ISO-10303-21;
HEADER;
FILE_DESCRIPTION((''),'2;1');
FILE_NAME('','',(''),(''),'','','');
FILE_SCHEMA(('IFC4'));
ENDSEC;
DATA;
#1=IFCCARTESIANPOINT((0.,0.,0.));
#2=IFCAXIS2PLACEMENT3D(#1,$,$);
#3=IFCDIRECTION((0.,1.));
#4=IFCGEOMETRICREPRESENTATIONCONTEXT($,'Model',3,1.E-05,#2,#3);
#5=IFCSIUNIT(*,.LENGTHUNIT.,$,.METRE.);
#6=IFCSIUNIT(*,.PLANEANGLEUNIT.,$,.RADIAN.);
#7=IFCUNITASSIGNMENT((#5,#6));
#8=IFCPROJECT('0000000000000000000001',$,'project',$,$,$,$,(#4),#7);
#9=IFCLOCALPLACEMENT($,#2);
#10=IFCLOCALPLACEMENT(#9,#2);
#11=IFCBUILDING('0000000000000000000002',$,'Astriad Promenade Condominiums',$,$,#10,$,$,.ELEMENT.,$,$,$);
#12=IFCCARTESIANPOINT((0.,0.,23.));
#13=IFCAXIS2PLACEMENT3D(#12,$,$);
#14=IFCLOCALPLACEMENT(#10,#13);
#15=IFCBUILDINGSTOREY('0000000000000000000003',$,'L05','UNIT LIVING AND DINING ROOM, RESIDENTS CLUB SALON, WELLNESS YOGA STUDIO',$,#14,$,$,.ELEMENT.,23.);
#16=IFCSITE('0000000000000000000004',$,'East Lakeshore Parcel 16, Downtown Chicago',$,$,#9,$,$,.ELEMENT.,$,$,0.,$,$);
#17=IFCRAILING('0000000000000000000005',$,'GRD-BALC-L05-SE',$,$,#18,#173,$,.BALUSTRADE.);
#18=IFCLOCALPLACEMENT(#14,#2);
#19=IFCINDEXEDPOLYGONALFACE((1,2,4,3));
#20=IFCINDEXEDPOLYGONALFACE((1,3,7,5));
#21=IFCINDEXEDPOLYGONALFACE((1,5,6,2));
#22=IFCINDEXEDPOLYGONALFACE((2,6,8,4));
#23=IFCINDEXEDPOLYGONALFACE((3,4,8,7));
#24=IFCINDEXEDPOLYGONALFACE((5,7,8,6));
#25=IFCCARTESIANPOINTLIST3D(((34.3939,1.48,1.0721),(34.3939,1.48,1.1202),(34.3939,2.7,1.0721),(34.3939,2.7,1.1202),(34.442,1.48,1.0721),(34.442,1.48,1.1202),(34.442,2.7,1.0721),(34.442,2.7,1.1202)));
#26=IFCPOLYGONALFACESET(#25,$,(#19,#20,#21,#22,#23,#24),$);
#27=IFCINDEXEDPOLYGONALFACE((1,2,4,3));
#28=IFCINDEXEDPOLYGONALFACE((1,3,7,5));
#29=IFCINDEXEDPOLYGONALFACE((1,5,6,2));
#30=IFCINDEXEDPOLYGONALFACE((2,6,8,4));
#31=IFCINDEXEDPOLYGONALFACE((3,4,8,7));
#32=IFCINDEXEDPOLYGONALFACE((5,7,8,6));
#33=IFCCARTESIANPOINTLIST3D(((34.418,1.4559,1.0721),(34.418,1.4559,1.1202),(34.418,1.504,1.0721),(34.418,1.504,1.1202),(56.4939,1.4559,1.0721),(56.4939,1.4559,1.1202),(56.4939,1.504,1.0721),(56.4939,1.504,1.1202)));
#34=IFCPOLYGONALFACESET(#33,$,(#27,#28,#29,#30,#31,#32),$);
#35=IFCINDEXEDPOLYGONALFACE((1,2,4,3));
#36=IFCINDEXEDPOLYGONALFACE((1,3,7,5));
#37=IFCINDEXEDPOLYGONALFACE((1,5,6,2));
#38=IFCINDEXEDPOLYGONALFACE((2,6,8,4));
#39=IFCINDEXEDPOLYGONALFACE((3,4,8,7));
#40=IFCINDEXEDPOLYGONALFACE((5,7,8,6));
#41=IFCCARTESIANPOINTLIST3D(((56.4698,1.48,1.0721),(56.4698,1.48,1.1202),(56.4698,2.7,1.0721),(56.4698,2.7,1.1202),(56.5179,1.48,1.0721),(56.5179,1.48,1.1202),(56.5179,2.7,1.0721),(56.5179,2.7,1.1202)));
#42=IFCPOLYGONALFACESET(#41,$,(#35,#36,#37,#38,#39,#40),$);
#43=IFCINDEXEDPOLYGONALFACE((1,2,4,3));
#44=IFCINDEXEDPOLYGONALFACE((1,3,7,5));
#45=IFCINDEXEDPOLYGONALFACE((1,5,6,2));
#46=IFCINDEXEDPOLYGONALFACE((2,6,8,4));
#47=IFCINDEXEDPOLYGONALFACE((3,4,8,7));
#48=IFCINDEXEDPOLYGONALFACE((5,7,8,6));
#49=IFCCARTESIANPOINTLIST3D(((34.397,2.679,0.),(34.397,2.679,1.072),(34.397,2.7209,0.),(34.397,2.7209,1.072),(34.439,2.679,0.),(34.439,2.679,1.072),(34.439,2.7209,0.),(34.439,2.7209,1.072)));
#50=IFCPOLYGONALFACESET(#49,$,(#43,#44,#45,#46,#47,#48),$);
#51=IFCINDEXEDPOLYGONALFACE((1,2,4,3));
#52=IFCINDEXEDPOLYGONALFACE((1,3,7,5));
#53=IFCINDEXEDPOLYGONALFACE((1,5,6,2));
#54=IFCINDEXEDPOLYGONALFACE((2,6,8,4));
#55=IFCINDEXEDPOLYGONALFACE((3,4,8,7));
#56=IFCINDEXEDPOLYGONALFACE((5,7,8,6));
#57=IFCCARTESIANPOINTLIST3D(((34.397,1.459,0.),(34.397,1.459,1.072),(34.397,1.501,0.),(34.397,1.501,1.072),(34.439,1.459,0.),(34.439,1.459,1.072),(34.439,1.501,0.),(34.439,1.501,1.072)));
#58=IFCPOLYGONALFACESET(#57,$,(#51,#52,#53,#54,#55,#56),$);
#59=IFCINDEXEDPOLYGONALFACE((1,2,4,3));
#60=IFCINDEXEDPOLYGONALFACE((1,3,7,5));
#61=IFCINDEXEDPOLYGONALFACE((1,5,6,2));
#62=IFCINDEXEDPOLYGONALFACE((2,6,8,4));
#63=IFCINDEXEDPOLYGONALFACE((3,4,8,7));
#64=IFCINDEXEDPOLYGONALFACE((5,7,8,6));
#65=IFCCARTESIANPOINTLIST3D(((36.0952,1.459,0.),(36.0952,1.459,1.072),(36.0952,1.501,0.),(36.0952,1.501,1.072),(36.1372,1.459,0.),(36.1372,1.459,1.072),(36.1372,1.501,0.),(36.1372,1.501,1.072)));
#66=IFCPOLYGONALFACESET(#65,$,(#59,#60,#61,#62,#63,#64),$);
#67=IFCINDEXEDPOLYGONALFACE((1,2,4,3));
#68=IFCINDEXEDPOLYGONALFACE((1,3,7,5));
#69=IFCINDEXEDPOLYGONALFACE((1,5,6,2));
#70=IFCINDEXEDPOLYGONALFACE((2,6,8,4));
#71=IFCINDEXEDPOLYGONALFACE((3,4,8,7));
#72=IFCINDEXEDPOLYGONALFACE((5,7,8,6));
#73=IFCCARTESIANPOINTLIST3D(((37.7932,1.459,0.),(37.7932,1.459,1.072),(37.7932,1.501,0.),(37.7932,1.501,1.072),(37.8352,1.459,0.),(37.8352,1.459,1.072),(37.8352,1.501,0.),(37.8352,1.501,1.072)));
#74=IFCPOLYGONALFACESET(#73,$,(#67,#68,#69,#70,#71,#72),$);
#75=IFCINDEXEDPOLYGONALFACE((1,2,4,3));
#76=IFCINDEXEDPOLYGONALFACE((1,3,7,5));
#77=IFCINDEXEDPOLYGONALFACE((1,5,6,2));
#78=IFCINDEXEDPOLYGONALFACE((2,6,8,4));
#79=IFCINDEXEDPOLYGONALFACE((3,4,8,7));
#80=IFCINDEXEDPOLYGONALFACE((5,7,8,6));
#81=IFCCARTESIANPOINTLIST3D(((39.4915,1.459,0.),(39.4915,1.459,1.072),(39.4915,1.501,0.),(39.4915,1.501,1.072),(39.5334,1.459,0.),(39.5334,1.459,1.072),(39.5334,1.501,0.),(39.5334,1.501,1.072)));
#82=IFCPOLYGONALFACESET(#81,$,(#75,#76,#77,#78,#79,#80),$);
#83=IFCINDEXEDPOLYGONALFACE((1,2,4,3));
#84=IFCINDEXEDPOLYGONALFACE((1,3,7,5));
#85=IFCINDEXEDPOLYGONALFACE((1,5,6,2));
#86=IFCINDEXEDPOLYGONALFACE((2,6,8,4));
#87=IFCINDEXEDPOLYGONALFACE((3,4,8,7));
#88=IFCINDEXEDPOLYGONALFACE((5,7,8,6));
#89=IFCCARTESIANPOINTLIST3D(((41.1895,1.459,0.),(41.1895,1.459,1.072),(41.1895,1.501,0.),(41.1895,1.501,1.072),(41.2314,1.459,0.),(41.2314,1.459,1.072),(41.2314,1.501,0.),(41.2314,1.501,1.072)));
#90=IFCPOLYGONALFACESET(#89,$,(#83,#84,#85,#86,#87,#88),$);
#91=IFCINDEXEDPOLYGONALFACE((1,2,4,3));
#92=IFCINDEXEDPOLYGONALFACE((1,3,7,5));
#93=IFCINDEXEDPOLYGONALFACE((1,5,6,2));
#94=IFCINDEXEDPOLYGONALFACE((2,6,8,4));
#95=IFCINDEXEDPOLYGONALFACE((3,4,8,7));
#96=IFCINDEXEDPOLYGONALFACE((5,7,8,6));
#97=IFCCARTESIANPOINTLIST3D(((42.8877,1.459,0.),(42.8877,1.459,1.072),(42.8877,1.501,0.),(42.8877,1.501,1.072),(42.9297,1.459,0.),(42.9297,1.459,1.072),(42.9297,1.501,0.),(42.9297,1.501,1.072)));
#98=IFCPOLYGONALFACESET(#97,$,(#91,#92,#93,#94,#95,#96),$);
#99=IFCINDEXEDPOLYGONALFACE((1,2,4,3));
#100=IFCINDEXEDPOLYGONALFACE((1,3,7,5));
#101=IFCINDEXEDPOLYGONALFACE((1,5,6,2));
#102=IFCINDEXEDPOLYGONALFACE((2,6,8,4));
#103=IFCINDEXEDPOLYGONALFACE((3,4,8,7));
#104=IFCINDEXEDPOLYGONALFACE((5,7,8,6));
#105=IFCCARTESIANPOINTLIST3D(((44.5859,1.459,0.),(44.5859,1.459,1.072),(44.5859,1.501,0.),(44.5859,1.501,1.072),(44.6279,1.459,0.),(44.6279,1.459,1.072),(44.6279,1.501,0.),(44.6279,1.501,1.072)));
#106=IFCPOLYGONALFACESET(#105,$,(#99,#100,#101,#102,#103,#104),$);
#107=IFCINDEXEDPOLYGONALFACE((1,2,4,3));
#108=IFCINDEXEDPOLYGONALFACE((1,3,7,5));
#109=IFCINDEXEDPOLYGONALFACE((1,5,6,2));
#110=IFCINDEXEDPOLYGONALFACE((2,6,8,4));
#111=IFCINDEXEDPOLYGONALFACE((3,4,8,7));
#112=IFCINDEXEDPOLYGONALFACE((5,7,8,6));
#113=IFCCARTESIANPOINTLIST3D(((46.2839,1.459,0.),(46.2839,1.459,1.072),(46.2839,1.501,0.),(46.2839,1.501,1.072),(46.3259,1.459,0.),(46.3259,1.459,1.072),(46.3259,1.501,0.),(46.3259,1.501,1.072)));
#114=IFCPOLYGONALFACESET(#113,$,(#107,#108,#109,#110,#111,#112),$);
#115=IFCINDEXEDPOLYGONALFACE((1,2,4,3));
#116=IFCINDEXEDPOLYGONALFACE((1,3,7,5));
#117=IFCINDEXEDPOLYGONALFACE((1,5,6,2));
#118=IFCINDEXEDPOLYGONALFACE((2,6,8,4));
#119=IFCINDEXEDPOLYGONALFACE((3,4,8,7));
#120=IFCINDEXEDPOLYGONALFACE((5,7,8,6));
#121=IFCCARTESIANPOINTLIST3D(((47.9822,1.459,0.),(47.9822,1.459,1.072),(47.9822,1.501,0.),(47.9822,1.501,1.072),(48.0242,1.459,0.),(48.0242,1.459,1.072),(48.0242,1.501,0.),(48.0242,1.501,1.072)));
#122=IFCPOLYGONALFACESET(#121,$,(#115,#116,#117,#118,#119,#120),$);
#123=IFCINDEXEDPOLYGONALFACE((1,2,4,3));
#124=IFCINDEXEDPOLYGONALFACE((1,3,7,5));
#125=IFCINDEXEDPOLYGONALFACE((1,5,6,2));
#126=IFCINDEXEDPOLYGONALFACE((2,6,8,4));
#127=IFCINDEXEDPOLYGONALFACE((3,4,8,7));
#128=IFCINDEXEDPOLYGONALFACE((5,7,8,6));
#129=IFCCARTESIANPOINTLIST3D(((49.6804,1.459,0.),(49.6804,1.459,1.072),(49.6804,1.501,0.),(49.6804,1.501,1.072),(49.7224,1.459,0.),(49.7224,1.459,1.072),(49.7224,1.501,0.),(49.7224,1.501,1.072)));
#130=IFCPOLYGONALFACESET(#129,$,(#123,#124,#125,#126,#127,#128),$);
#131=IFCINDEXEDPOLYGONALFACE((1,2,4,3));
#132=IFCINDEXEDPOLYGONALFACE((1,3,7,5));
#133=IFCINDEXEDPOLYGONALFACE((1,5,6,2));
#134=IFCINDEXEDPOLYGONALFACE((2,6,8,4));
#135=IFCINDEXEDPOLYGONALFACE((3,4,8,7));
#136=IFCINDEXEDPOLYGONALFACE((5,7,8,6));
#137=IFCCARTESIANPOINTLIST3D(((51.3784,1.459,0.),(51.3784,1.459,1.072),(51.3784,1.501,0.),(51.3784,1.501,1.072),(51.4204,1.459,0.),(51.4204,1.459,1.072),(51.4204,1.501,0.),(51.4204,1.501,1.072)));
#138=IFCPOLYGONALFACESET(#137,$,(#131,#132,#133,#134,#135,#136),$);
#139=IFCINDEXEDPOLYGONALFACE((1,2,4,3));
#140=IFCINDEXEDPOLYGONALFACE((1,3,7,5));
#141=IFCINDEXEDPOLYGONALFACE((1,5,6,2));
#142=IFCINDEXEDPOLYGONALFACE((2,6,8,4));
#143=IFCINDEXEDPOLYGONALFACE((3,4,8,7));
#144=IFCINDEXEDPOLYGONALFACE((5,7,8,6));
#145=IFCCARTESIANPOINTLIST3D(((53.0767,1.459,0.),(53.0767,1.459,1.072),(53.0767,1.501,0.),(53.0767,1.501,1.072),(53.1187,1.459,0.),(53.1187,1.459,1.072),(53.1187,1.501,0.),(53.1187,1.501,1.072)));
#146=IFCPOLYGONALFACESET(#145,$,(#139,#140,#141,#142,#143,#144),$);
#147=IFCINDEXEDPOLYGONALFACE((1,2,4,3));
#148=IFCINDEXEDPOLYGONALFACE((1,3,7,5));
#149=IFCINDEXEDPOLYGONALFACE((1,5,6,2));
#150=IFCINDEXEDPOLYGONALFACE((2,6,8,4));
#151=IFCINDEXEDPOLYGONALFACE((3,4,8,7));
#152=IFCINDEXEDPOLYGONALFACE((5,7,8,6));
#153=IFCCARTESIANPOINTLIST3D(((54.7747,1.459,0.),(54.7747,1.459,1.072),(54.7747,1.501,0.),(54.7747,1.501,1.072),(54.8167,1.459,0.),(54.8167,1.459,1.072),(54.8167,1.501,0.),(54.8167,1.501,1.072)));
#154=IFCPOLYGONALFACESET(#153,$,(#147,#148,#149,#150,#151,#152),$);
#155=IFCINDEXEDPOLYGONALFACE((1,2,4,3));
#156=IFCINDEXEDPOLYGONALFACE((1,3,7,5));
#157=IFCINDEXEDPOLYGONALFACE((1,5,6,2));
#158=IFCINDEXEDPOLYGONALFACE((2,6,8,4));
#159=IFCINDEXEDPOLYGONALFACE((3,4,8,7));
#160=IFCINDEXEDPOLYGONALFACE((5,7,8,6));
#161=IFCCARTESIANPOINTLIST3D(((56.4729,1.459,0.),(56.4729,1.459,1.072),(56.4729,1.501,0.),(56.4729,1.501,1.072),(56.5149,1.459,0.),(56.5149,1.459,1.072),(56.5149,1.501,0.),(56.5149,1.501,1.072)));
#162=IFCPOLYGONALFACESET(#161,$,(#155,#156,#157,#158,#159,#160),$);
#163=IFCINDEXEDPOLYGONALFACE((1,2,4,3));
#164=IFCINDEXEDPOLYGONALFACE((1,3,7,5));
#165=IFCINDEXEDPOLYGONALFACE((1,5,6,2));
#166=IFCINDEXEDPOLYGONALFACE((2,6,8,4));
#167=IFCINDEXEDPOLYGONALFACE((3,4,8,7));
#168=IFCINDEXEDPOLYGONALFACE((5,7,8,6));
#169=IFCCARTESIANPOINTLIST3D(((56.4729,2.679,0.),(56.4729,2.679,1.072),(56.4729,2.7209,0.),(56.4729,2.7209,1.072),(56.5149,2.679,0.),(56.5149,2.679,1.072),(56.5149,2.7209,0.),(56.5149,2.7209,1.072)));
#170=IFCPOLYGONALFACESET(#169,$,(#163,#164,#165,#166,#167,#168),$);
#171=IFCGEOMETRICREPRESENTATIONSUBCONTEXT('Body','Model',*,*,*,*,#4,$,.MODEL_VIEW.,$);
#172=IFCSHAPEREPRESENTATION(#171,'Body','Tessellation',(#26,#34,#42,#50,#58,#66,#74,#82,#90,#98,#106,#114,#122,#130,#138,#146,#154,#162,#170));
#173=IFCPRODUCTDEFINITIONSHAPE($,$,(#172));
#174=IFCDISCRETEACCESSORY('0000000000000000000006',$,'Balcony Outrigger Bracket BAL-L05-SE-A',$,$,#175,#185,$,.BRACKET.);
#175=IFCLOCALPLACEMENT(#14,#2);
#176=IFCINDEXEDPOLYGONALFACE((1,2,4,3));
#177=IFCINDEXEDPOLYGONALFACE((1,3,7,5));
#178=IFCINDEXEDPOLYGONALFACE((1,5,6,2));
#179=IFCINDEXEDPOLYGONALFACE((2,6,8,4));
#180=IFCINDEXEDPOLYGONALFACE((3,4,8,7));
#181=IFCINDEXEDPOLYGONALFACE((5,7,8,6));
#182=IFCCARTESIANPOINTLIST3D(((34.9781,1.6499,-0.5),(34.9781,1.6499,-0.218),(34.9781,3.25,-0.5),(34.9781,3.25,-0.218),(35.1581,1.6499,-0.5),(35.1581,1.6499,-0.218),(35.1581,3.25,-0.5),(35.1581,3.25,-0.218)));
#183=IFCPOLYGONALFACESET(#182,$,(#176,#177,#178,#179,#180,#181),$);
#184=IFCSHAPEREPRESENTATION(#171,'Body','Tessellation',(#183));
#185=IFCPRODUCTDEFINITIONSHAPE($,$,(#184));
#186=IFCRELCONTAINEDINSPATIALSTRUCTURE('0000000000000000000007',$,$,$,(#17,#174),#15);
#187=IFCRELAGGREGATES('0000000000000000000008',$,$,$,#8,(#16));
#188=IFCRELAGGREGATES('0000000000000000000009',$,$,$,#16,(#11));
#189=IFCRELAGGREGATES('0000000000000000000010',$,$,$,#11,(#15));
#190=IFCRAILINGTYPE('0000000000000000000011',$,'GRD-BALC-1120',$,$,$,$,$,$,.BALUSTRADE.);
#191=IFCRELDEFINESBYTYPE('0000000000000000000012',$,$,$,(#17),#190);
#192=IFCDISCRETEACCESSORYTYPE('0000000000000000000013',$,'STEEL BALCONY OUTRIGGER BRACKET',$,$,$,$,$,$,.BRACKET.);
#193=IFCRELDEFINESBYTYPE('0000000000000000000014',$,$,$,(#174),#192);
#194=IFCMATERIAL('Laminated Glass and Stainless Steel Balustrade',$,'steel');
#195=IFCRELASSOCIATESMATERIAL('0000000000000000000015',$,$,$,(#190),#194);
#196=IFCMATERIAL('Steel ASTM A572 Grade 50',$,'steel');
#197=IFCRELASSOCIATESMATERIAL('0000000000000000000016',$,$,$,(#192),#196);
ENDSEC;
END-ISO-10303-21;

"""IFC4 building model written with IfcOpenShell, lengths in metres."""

from ifc_helpers import new_model, si_unit, direction, frame, origin, origin_2d, place, context, subcontext, project, spatial, rectangle, extrude, source, transform, mapped, material, type_object, type_shapes, element, save


model = new_model("IFC4")

# Units and contexts
model_context = context("Model", 3, precision=1e-05, world=origin(), true_north=direction((0.0, 1.0)))
body_context = subcontext(model_context, "Body", "Model", "MODEL_VIEW")
ifc_project = project(units=[si_unit("LENGTHUNIT", "METRE"), si_unit("PLANEANGLEUNIT", "RADIAN")], contexts=[model_context])

# Site, building, storey
site_placement = place(None, origin())
site = spatial("IfcSite", under=ifc_project, at=site_placement, Name="East Lakeshore Parcel 16, Downtown Chicago", CompositionType="ELEMENT", RefElevation=0.0)
building_placement = place(site_placement, origin())
building = spatial("IfcBuilding", under=site, at=building_placement, Name="Astriad Promenade Condominiums", CompositionType="ELEMENT")
storey_placement = place(building_placement, frame((0.0, 0.0, 23.0)))
storey = spatial("IfcBuildingStorey", under=building, at=storey_placement, Name="L05", Description="UNIT LIVING AND DINING ROOM, RESIDENTS CLUB SALON, WELLNESS YOGA STUDIO", CompositionType="ELEMENT", Elevation=23.0)

# Railing
ifc_material_1 = material(Name="Laminated Glass and Stainless Steel Balustrade", Category="steel")
railing_type = type_object("IfcRailingType", Name="GRD-BALC-1120", PredefinedType="BALUSTRADE", material=ifc_material_1)
shared_shape_1 = source(origin(), body_context, "Body", "SweptSolid", [
    extrude(rectangle(XDim=0.0481, YDim=0.0481, at=origin_2d()), frame((0.0, 0.0, 1.0962), z_axis=(0.0, -1.0, 0.0), x_axis=(1.0, 0.0, 0.0)), (0.0, 0.0, 1.0), 1.22),
    extrude(rectangle(XDim=0.0481, YDim=0.0481, at=origin_2d()), frame((0.0, -1.22, 1.0962), z_axis=(1.0, 0.0, 0.0), x_axis=(0.0, 1.0, 0.0)), (0.0, 0.0, 1.0), 22.0759),
    extrude(rectangle(XDim=0.0481, YDim=0.0481, at=origin_2d()), frame((22.0759, -1.22, 1.0962), z_axis=(0.0, 1.0, 0.0), x_axis=(-1.0, 0.0, 0.0)), (0.0, 0.0, 1.0), 1.22),
    extrude(rectangle(XDim=0.042, YDim=0.042, at=origin_2d()), origin(), (0.0, 0.0, 1.0), 1.072),
    extrude(rectangle(XDim=0.042, YDim=0.042, at=origin_2d()), frame((0.0, -1.22, 0.0)), (0.0, 0.0, 1.0), 1.072),
    extrude(rectangle(XDim=0.042, YDim=0.042, at=origin_2d()), frame((1.6982, -1.22, 0.0)), (0.0, 0.0, 1.0), 1.072),
    extrude(rectangle(XDim=0.042, YDim=0.042, at=origin_2d()), frame((3.3962, -1.22, 0.0)), (0.0, 0.0, 1.0), 1.072),
    extrude(rectangle(XDim=0.042, YDim=0.042, at=origin_2d()), frame((5.0945, -1.22, 0.0)), (0.0, 0.0, 1.0), 1.072),
    extrude(rectangle(XDim=0.042, YDim=0.042, at=origin_2d()), frame((6.7925, -1.22, 0.0)), (0.0, 0.0, 1.0), 1.072),
    extrude(rectangle(XDim=0.042, YDim=0.042, at=origin_2d()), frame((8.4907, -1.22, 0.0)), (0.0, 0.0, 1.0), 1.072),
    extrude(rectangle(XDim=0.042, YDim=0.042, at=origin_2d()), frame((10.189, -1.22, 0.0)), (0.0, 0.0, 1.0), 1.072),
    extrude(rectangle(XDim=0.042, YDim=0.042, at=origin_2d()), frame((11.887, -1.22, 0.0)), (0.0, 0.0, 1.0), 1.072),
    extrude(rectangle(XDim=0.042, YDim=0.042, at=origin_2d()), frame((13.5852, -1.22, 0.0)), (0.0, 0.0, 1.0), 1.072),
    extrude(rectangle(XDim=0.042, YDim=0.042, at=origin_2d()), frame((15.2834, -1.22, 0.0)), (0.0, 0.0, 1.0), 1.072),
    extrude(rectangle(XDim=0.042, YDim=0.042, at=origin_2d()), frame((16.9814, -1.22, 0.0)), (0.0, 0.0, 1.0), 1.072),
    extrude(rectangle(XDim=0.042, YDim=0.042, at=origin_2d()), frame((18.6797, -1.22, 0.0)), (0.0, 0.0, 1.0), 1.072),
    extrude(rectangle(XDim=0.042, YDim=0.042, at=origin_2d()), frame((20.3777, -1.22, 0.0)), (0.0, 0.0, 1.0), 1.072),
    extrude(rectangle(XDim=0.042, YDim=0.042, at=origin_2d()), frame((22.0759, -1.22, 0.0)), (0.0, 0.0, 1.0), 1.072),
    extrude(rectangle(XDim=0.042, YDim=0.042, at=origin_2d()), frame((22.0759, 0.0, 0.0)), (0.0, 0.0, 1.0), 1.072),
])
type_shapes(railing_type, [shared_shape_1])
railing_placement = place(storey_placement, frame((34.418, 2.7, 0.0)))
element("IfcRailing", 1, at=railing_placement, inside=storey, type_object=railing_type, Name="GRD-BALC-L05-SE", PredefinedType="BALUSTRADE", context=body_context, shape_type="MappedRepresentation", body=[
    mapped(shared_shape_1, transform((0.0, 0.0, 0.0), scale=1.0)),
])

# Discrete accessory
ifc_material_2 = material(Name="Steel ASTM A572 Grade 50", Category="steel")
discrete_accessory_type = type_object("IfcDiscreteAccessoryType", Name="STEEL BALCONY OUTRIGGER BRACKET", PredefinedType="BRACKET", material=ifc_material_2)
shared_shape_2 = source(origin(), body_context, "Body", "SweptSolid", [
    extrude(rectangle(XDim=1.6001, YDim=0.1799, at=origin_2d()), origin(), (0.0, 0.0, 1.0), 0.282),
])
type_shapes(discrete_accessory_type, [shared_shape_2])
discrete_accessory_placement = place(storey_placement, frame((35.0681, 2.45, -0.5), z_axis=(0.0, 0.0, 1.0), x_axis=(0.0, -1.0, 0.0)))
element("IfcDiscreteAccessory", 2, at=discrete_accessory_placement, inside=storey, type_object=discrete_accessory_type, Name="Balcony Outrigger Bracket BAL-L05-SE-A", PredefinedType="BRACKET", context=body_context, shape_type="MappedRepresentation", body=[
    mapped(shared_shape_2, transform((0.0, 0.0, 0.0), scale=1.0)),
])

save(model, "model.ifc")
